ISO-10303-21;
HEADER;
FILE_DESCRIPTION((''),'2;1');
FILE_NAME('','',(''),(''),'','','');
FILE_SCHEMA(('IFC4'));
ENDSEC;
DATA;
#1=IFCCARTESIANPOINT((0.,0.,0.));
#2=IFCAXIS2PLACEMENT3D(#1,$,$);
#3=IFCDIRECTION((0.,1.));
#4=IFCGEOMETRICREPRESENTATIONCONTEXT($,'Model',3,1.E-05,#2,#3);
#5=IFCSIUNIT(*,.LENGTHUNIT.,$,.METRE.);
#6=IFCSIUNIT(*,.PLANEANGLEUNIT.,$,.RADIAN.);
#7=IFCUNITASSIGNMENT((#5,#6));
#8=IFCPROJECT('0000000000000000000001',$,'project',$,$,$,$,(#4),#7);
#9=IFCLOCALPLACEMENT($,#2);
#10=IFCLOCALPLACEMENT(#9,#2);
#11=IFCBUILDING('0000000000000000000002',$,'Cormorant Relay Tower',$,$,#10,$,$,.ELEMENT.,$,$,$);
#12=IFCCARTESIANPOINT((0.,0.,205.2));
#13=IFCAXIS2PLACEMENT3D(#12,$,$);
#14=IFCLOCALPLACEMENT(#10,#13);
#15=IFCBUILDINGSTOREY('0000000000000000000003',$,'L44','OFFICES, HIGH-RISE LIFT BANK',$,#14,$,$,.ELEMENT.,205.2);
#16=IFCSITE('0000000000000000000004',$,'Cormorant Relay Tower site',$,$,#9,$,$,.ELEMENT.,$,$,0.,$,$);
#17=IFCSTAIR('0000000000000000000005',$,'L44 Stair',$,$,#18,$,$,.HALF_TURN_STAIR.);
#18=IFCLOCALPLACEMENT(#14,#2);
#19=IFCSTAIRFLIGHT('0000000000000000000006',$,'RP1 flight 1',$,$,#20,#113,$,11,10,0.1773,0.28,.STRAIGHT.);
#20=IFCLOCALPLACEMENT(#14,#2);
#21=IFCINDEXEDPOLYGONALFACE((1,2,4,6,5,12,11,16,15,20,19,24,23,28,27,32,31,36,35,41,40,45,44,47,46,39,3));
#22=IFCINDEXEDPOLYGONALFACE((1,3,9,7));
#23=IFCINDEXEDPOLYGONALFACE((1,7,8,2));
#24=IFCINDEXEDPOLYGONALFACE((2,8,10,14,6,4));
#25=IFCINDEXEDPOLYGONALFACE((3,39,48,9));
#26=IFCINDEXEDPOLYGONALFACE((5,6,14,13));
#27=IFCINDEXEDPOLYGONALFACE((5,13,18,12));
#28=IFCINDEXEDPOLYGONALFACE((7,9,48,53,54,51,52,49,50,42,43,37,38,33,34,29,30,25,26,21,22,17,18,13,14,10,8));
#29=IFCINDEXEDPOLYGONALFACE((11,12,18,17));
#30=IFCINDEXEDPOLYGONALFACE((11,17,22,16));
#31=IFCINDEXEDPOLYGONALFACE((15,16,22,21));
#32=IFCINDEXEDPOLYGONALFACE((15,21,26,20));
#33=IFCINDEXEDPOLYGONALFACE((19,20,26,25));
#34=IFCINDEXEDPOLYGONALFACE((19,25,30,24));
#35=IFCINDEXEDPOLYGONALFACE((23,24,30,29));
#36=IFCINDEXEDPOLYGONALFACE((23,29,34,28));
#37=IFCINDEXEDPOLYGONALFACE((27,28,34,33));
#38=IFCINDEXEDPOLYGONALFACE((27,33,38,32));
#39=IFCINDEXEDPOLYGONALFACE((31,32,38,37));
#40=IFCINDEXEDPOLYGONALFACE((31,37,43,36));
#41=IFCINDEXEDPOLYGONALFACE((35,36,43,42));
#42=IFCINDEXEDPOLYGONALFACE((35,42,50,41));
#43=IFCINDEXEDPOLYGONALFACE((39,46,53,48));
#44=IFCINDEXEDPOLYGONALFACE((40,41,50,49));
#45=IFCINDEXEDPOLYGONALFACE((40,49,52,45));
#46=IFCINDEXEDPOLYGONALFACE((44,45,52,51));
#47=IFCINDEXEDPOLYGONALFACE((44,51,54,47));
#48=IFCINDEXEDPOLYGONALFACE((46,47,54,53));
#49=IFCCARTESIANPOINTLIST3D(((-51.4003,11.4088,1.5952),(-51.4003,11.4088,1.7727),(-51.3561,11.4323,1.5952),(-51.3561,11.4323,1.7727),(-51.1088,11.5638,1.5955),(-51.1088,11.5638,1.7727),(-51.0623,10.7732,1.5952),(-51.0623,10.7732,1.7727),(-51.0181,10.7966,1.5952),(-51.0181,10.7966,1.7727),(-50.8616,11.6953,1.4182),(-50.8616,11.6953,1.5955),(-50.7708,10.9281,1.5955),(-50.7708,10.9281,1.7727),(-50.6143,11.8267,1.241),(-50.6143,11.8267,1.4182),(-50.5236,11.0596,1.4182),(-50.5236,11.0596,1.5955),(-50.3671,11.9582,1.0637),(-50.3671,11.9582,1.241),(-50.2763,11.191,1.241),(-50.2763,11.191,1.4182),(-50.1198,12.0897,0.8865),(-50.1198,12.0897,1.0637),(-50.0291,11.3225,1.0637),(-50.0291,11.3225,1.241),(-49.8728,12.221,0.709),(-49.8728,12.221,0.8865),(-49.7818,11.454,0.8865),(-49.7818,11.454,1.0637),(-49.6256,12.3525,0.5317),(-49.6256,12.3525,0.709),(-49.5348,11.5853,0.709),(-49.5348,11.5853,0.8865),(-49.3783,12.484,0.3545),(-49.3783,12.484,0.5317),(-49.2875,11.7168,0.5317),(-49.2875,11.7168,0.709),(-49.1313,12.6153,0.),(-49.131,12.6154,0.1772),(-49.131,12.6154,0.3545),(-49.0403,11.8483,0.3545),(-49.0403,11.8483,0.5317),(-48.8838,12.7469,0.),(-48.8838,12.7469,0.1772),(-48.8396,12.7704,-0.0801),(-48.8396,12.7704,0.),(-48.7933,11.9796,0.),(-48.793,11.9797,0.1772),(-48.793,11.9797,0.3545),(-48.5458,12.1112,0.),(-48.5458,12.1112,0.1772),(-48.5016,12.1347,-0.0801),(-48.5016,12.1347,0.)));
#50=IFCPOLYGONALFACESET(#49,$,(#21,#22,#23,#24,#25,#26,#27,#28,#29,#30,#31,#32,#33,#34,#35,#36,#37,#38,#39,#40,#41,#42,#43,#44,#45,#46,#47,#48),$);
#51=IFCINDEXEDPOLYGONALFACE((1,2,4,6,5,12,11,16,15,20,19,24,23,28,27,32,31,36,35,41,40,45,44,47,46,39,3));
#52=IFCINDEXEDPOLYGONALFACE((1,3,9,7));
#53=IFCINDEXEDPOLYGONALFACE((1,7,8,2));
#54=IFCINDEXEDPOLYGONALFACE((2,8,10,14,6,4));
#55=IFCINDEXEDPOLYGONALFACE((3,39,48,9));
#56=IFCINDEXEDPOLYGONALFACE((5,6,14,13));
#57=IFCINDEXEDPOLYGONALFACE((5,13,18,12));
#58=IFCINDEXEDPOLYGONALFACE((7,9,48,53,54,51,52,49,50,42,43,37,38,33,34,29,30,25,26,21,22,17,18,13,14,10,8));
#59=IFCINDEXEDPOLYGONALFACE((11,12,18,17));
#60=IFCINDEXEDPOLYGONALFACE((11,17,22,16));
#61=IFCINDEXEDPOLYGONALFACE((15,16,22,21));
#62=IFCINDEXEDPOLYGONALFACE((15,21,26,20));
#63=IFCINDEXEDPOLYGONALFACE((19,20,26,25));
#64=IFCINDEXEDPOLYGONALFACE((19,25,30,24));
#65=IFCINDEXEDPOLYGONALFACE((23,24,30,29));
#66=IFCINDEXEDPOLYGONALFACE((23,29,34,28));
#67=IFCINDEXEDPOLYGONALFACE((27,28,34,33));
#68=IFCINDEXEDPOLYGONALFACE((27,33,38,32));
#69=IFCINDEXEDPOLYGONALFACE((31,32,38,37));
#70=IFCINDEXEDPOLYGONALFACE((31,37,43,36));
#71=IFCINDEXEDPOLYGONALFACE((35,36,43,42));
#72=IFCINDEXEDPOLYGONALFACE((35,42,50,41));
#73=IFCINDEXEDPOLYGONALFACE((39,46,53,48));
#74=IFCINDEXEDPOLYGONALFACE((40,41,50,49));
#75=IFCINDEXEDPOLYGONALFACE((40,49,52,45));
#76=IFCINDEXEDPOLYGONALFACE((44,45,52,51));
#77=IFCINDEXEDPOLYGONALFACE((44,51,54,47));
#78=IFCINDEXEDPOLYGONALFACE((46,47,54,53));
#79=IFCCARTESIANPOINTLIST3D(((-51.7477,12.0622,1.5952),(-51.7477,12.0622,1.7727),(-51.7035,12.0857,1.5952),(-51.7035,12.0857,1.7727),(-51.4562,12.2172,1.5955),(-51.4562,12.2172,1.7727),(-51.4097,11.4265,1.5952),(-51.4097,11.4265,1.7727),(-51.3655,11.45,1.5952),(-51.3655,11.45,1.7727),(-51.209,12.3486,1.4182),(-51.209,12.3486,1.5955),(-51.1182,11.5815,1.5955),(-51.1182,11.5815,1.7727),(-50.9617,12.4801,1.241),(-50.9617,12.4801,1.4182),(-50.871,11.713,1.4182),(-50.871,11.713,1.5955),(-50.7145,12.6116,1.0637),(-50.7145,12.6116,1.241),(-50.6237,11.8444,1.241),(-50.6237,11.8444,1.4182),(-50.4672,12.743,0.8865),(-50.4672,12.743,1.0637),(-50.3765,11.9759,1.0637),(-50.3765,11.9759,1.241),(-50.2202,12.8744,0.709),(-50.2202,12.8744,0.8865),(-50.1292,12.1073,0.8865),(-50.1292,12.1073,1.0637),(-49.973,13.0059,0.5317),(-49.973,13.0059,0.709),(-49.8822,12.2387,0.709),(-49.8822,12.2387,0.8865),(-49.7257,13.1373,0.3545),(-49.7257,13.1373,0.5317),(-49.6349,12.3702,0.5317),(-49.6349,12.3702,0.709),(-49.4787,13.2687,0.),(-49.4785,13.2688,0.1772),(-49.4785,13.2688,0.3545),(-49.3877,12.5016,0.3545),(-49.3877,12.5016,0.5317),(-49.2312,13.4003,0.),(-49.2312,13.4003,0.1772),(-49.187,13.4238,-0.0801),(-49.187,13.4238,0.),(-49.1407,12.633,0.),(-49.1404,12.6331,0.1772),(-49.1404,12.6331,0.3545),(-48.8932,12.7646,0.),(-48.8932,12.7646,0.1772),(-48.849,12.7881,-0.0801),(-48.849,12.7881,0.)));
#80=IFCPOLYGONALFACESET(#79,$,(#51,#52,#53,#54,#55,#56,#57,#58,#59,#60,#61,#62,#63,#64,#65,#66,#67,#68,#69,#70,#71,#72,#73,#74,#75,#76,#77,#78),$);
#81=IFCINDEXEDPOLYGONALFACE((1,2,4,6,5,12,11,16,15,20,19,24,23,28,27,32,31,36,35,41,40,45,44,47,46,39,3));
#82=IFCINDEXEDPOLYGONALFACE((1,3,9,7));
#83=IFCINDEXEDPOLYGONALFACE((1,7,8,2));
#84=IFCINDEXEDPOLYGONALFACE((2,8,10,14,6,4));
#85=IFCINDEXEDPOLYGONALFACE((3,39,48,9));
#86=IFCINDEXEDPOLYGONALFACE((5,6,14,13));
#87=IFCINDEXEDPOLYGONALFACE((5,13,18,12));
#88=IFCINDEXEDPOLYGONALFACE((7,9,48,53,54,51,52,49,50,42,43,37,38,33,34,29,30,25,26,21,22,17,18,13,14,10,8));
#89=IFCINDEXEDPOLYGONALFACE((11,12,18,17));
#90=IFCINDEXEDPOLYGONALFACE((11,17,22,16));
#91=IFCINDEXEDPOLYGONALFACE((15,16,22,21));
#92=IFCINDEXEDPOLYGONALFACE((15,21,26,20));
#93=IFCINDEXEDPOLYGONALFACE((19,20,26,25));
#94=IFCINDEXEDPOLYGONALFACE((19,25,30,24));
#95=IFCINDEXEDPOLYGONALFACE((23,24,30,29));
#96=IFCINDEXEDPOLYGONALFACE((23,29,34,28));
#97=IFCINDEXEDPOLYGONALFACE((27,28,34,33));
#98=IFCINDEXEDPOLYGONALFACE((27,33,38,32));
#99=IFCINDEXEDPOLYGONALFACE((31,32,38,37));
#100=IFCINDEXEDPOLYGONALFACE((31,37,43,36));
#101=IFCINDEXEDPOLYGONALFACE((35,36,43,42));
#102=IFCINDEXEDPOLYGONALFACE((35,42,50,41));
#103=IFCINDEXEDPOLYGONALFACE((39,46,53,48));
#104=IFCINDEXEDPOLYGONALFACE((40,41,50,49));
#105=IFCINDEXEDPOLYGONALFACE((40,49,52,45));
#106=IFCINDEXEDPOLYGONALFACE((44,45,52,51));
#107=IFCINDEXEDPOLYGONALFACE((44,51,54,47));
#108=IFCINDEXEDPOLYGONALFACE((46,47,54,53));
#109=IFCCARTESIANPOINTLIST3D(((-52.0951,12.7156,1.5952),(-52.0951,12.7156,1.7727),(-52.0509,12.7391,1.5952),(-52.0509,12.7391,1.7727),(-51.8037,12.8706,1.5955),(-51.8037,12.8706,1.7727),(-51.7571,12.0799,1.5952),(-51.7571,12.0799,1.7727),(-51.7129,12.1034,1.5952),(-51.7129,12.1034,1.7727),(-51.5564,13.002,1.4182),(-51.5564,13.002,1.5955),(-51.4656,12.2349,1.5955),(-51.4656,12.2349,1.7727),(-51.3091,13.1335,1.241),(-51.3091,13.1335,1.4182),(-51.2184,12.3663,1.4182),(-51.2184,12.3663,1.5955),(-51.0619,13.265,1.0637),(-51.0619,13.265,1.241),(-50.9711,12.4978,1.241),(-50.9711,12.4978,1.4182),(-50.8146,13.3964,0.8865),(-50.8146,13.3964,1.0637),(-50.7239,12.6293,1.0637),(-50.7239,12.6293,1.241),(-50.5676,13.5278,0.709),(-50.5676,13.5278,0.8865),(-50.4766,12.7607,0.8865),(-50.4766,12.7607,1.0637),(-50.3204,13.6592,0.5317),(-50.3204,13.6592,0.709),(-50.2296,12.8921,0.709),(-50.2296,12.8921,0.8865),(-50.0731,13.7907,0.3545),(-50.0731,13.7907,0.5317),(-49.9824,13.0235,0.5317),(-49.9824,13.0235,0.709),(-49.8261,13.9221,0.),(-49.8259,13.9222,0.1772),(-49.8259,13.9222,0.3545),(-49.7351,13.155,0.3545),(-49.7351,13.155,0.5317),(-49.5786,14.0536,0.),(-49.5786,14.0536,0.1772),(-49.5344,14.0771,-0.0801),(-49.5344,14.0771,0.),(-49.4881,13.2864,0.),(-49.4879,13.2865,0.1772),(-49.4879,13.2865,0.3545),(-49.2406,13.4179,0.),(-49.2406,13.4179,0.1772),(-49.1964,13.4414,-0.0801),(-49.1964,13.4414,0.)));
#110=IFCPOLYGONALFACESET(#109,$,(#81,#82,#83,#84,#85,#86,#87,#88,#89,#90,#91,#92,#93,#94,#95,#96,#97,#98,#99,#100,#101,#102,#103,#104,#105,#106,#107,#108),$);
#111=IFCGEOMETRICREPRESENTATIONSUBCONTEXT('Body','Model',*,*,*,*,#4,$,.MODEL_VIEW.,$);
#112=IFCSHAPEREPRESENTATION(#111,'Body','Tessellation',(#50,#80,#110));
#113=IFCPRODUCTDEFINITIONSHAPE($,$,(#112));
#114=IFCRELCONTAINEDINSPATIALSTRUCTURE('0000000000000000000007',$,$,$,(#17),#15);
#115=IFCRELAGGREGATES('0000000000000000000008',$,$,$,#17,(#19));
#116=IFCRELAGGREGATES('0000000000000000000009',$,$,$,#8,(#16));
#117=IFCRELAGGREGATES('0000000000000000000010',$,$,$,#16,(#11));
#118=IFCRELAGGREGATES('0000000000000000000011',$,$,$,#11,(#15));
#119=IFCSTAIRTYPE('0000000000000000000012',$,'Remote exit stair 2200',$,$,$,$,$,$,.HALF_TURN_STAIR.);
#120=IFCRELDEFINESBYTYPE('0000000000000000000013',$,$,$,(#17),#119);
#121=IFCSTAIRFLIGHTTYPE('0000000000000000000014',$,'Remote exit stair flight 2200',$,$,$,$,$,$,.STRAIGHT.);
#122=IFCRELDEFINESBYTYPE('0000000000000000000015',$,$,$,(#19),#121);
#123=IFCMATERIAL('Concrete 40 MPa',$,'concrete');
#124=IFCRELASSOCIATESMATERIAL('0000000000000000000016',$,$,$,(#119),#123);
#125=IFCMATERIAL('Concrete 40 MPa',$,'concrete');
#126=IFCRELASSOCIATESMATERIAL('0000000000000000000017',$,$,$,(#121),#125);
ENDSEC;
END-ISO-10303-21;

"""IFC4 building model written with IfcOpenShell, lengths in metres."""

from ifc_helpers import new_model, si_unit, direction, frame, origin, place, context, subcontext, project, spatial, polyline, outline, extrude, material, type_object, element, aggregate, save


model = new_model("IFC4")

# Units and contexts
model_context = context("Model", 3, precision=1e-05, world=origin(), true_north=direction((0.0, 1.0)))
body_context = subcontext(model_context, "Body", "Model", "MODEL_VIEW")
ifc_project = project(units=[si_unit("LENGTHUNIT", "METRE"), si_unit("PLANEANGLEUNIT", "RADIAN")], contexts=[model_context])

# Site, building, storey
site_placement = place(None, origin())
site = spatial("IfcSite", under=ifc_project, at=site_placement, Name="Cormorant Relay Tower site", CompositionType="ELEMENT", RefElevation=0.0)
building_placement = place(site_placement, origin())
building = spatial("IfcBuilding", under=site, at=building_placement, Name="Cormorant Relay Tower", CompositionType="ELEMENT")
storey_placement = place(building_placement, frame((0.0, 0.0, 205.2)))
storey = spatial("IfcBuildingStorey", under=building, at=storey_placement, Name="L44", Description="OFFICES, HIGH-RISE LIFT BANK", CompositionType="ELEMENT", Elevation=205.2)

# Stair, stair flight
ifc_material_1 = material(Name="Concrete 40 MPa", Category="concrete")
stair_type = type_object("IfcStairType", Name="Remote exit stair 2200", PredefinedType="HALF_TURN_STAIR", material=ifc_material_1)
stair_placement = place(storey_placement, origin())
stair = element("IfcStair", 1, at=stair_placement, inside=storey, type_object=stair_type, Name="L44 Stair", PredefinedType="HALF_TURN_STAIR")
ifc_material_2 = material(Name="Concrete 40 MPa", Category="concrete")
stair_flight_type = type_object("IfcStairFlightType", Name="Remote exit stair flight 2200", PredefinedType="STRAIGHT", material=ifc_material_2)
stair_flight_1_placement = place(storey_placement, frame((-49.0623, 13.0825, 0.0), z_axis=(0.0, 0.0, 1.0), x_axis=(-0.882948, -0.469472, 0.0)))
stair_flight_1 = element("IfcStairFlight", 2, at=stair_flight_1_placement, type_object=stair_flight_type, Name="RP1 flight 1", NumberOfRisers=11, NumberOfTreads=10, PredefinedType="STRAIGHT", RiserHeight=0.1773, TreadLength=0.28, context=body_context, shape_type="SweptSolid", body=[
    extrude(outline(polyline([(-0.05, -0.0801), (-0.05, 0.0), (0.0, 0.0), (0.0, 0.1772), (0.28, 0.1772), (0.28, 0.3545), (0.5601, 0.3545), (0.5601, 0.5317), (0.8401, 0.5317), (0.8401, 0.709), (1.1201, 0.709), (1.1201, 0.8865), (1.3999, 0.8865), (1.3999, 1.0637), (1.6799, 1.0637), (1.6799, 1.241), (1.96, 1.241), (1.96, 1.4182), (2.24, 1.4182), (2.24, 1.5955), (2.52, 1.5955), (2.52, 1.7727), (2.8, 1.7727), (2.8501, 1.7727), (2.8501, 1.5952), (2.8, 1.5952), (0.2803, 0.0), (-0.05, -0.0801)])), frame((0.0, 1.1001, 0.0), z_axis=(0.0, -1.0, 0.0), x_axis=(1.0, 0.0, 0.0)), (0.0, 0.0, 1.0), 0.72),
    extrude(outline(polyline([(-0.05, -0.0801), (-0.05, 0.0), (0.0, 0.0), (0.0, 0.1772), (0.28, 0.1772), (0.28, 0.3545), (0.5601, 0.3545), (0.5601, 0.5317), (0.8401, 0.5317), (0.8401, 0.709), (1.1201, 0.709), (1.1201, 0.8865), (1.3999, 0.8865), (1.3999, 1.0637), (1.6799, 1.0637), (1.6799, 1.241), (1.96, 1.241), (1.96, 1.4182), (2.24, 1.4182), (2.24, 1.5955), (2.52, 1.5955), (2.52, 1.7727), (2.8, 1.7727), (2.8501, 1.7727), (2.8501, 1.5952), (2.8, 1.5952), (0.2803, 0.0), (-0.05, -0.0801)])), frame((0.0, 0.3601, 0.0), z_axis=(0.0, -1.0, 0.0), x_axis=(1.0, 0.0, 0.0)), (0.0, 0.0, 1.0), 0.72),
    extrude(outline(polyline([(-0.05, -0.0801), (-0.05, 0.0), (0.0, 0.0), (0.0, 0.1772), (0.28, 0.1772), (0.28, 0.3545), (0.5601, 0.3545), (0.5601, 0.5317), (0.8401, 0.5317), (0.8401, 0.709), (1.1201, 0.709), (1.1201, 0.8865), (1.3999, 0.8865), (1.3999, 1.0637), (1.6799, 1.0637), (1.6799, 1.241), (1.96, 1.241), (1.96, 1.4182), (2.24, 1.4182), (2.24, 1.5955), (2.52, 1.5955), (2.52, 1.7727), (2.8, 1.7727), (2.8501, 1.7727), (2.8501, 1.5952), (2.8, 1.5952), (0.2803, 0.0), (-0.05, -0.0801)])), frame((0.0, -0.3799, 0.0), z_axis=(0.0, -1.0, 0.0), x_axis=(1.0, 0.0, 0.0)), (0.0, 0.0, 1.0), 0.72),
])
aggregate(stair, [stair_flight_1])

save(model, "model.ifc")
